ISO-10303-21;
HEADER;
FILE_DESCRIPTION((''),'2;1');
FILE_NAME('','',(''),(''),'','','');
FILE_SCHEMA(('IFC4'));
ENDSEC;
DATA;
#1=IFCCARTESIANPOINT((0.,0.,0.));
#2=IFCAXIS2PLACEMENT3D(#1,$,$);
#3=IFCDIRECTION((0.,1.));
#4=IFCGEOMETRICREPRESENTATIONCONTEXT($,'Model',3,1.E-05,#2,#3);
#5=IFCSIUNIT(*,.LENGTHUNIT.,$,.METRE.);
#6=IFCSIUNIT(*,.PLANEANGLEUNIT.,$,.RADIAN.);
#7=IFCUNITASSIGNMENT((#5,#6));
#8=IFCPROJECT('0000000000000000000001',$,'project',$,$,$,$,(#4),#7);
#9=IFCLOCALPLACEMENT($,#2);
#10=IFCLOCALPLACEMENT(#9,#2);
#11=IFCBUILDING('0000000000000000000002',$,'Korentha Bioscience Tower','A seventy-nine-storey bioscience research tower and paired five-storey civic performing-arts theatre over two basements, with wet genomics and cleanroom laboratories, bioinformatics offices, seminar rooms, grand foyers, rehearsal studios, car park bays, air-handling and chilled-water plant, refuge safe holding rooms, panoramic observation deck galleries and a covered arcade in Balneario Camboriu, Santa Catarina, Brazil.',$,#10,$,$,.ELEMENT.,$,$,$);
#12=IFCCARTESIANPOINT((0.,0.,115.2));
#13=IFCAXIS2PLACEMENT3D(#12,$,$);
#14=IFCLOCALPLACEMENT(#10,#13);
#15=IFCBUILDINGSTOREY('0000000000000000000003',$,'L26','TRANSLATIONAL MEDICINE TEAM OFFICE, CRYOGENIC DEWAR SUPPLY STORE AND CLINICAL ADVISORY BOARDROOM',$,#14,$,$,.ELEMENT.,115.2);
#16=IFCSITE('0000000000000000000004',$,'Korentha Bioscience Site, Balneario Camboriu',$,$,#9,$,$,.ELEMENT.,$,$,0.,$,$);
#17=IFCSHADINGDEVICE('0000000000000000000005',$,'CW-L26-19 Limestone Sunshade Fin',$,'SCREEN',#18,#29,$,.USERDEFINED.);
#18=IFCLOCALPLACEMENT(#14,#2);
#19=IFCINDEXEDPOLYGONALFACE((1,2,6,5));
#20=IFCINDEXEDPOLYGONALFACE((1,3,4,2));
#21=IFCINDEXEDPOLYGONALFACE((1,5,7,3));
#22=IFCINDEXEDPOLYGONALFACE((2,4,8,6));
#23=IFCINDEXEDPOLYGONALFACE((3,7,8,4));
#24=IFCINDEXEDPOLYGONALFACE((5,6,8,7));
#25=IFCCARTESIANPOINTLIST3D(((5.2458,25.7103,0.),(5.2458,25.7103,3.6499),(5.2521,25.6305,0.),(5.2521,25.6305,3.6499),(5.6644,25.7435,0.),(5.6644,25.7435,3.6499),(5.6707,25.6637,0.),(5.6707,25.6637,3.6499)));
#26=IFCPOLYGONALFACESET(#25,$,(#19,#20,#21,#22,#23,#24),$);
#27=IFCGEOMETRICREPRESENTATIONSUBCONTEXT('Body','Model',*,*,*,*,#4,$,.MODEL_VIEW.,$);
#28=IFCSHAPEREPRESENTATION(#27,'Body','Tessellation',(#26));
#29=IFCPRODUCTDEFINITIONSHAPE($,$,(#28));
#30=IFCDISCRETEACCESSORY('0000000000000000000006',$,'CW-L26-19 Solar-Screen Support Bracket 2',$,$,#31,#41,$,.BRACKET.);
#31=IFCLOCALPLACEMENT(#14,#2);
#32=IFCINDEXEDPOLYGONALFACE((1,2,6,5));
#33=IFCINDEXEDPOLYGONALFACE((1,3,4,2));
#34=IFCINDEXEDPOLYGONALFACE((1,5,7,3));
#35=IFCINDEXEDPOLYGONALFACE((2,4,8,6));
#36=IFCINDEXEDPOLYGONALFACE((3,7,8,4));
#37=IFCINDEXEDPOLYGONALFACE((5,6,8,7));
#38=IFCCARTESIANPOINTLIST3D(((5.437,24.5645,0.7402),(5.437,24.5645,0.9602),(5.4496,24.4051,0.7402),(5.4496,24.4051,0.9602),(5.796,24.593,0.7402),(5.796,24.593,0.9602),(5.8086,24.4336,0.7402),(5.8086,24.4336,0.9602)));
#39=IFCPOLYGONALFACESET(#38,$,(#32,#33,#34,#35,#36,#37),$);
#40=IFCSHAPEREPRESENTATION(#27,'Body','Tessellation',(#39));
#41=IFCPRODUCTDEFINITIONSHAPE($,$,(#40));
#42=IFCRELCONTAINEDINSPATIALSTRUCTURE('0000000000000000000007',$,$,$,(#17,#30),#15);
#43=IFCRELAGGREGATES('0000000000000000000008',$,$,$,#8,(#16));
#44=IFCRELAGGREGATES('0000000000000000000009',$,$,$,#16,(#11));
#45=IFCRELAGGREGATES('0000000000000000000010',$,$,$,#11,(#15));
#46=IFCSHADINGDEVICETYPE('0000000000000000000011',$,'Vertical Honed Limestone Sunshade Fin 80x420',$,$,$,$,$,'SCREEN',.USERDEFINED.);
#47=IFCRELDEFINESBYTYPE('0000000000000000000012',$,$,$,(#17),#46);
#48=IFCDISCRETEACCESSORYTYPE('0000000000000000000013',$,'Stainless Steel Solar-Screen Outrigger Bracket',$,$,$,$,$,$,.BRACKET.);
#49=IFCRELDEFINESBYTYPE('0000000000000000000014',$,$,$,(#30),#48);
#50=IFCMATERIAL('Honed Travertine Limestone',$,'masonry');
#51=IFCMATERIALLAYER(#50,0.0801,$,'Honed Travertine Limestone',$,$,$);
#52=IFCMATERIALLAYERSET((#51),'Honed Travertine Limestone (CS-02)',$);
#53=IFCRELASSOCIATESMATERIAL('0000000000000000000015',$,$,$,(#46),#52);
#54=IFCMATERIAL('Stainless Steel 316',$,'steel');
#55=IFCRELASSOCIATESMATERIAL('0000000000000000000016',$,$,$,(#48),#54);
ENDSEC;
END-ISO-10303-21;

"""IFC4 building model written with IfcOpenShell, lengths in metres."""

from ifc_helpers import new_model, si_unit, direction, frame, origin, origin_2d, place, context, subcontext, project, spatial, rectangle, extrude, material, layer, layer_set, type_object, element, save


model = new_model("IFC4")

# Units and contexts
model_context = context("Model", 3, precision=1e-05, world=origin(), true_north=direction((0.0, 1.0)))
body_context = subcontext(model_context, "Body", "Model", "MODEL_VIEW")
ifc_project = project(units=[si_unit("LENGTHUNIT", "METRE"), si_unit("PLANEANGLEUNIT", "RADIAN")], contexts=[model_context])

# Site, building, storey
site_placement = place(None, origin())
site = spatial("IfcSite", under=ifc_project, at=site_placement, Name="Korentha Bioscience Site, Balneario Camboriu", CompositionType="ELEMENT", RefElevation=0.0)
building_placement = place(site_placement, origin())
building = spatial("IfcBuilding", under=site, at=building_placement, Name="Korentha Bioscience Tower", Description="A seventy-nine-storey bioscience research tower and paired five-storey civic performing-arts theatre over two basements, with wet genomics and cleanroom laboratories, bioinformatics offices, seminar rooms, grand foyers, rehearsal studios, car park bays, air-handling and chilled-water plant, refuge safe holding rooms, panoramic observation deck galleries and a covered arcade in Balneario Camboriu, Santa Catarina, Brazil.", CompositionType="ELEMENT")
storey_placement = place(building_placement, frame((0.0, 0.0, 115.2)))
storey = spatial("IfcBuildingStorey", under=building, at=storey_placement, Name="L26", Description="TRANSLATIONAL MEDICINE TEAM OFFICE, CRYOGENIC DEWAR SUPPLY STORE AND CLINICAL ADVISORY BOARDROOM", CompositionType="ELEMENT", Elevation=115.2)

# Shading device
ifc_material_1 = material(Name="Honed Travertine Limestone", Category="masonry")
ifc_layer_1 = layer(ifc_material_1, 0.0801, Name="Honed Travertine Limestone")
ifc_layer_set_1 = layer_set([ifc_layer_1], Name="Honed Travertine Limestone (CS-02)")
shading_device_type_1 = type_object("IfcShadingDeviceType", Name="Vertical Honed Limestone Sunshade Fin 80x420", ElementType="SCREEN", PredefinedType="USERDEFINED", material=ifc_layer_set_1)
shading_device_1_placement = place(storey_placement, frame((5.4583, 25.687, 0.0), z_axis=(0.0, 0.0, 1.0), x_axis=(0.07913, -0.996864, 0.0)))
element("IfcShadingDevice", 1, at=shading_device_1_placement, inside=storey, type_object=shading_device_type_1, Name="CW-L26-19 Limestone Sunshade Fin", ObjectType="SCREEN", PredefinedType="USERDEFINED", context=body_context, shape_type="SweptSolid", body=[
    extrude(rectangle(XDim=0.0801, YDim=0.4199, at=origin_2d()), origin(), (0.0, 0.0, 1.0), 3.6499),
])

# Discrete accessory
ifc_material_2 = material(Name="Stainless Steel 316", Category="steel")
discrete_accessory_type = type_object("IfcDiscreteAccessoryType", Name="Stainless Steel Solar-Screen Outrigger Bracket", PredefinedType="BRACKET", material=ifc_material_2)
discrete_accessory_placement = place(storey_placement, frame((5.6228, 24.499, 0.7402), z_axis=(0.0, 0.0, 1.0), x_axis=(0.07913, -0.996864, 0.0)))
element("IfcDiscreteAccessory", 2, at=discrete_accessory_placement, inside=storey, type_object=discrete_accessory_type, Name="CW-L26-19 Solar-Screen Support Bracket 2", PredefinedType="BRACKET", context=body_context, shape_type="SweptSolid", body=[
    extrude(rectangle(XDim=0.1599, YDim=0.3601, at=origin_2d()), origin(), (0.0, 0.0, 1.0), 0.22),
])

save(model, "model.ifc")
